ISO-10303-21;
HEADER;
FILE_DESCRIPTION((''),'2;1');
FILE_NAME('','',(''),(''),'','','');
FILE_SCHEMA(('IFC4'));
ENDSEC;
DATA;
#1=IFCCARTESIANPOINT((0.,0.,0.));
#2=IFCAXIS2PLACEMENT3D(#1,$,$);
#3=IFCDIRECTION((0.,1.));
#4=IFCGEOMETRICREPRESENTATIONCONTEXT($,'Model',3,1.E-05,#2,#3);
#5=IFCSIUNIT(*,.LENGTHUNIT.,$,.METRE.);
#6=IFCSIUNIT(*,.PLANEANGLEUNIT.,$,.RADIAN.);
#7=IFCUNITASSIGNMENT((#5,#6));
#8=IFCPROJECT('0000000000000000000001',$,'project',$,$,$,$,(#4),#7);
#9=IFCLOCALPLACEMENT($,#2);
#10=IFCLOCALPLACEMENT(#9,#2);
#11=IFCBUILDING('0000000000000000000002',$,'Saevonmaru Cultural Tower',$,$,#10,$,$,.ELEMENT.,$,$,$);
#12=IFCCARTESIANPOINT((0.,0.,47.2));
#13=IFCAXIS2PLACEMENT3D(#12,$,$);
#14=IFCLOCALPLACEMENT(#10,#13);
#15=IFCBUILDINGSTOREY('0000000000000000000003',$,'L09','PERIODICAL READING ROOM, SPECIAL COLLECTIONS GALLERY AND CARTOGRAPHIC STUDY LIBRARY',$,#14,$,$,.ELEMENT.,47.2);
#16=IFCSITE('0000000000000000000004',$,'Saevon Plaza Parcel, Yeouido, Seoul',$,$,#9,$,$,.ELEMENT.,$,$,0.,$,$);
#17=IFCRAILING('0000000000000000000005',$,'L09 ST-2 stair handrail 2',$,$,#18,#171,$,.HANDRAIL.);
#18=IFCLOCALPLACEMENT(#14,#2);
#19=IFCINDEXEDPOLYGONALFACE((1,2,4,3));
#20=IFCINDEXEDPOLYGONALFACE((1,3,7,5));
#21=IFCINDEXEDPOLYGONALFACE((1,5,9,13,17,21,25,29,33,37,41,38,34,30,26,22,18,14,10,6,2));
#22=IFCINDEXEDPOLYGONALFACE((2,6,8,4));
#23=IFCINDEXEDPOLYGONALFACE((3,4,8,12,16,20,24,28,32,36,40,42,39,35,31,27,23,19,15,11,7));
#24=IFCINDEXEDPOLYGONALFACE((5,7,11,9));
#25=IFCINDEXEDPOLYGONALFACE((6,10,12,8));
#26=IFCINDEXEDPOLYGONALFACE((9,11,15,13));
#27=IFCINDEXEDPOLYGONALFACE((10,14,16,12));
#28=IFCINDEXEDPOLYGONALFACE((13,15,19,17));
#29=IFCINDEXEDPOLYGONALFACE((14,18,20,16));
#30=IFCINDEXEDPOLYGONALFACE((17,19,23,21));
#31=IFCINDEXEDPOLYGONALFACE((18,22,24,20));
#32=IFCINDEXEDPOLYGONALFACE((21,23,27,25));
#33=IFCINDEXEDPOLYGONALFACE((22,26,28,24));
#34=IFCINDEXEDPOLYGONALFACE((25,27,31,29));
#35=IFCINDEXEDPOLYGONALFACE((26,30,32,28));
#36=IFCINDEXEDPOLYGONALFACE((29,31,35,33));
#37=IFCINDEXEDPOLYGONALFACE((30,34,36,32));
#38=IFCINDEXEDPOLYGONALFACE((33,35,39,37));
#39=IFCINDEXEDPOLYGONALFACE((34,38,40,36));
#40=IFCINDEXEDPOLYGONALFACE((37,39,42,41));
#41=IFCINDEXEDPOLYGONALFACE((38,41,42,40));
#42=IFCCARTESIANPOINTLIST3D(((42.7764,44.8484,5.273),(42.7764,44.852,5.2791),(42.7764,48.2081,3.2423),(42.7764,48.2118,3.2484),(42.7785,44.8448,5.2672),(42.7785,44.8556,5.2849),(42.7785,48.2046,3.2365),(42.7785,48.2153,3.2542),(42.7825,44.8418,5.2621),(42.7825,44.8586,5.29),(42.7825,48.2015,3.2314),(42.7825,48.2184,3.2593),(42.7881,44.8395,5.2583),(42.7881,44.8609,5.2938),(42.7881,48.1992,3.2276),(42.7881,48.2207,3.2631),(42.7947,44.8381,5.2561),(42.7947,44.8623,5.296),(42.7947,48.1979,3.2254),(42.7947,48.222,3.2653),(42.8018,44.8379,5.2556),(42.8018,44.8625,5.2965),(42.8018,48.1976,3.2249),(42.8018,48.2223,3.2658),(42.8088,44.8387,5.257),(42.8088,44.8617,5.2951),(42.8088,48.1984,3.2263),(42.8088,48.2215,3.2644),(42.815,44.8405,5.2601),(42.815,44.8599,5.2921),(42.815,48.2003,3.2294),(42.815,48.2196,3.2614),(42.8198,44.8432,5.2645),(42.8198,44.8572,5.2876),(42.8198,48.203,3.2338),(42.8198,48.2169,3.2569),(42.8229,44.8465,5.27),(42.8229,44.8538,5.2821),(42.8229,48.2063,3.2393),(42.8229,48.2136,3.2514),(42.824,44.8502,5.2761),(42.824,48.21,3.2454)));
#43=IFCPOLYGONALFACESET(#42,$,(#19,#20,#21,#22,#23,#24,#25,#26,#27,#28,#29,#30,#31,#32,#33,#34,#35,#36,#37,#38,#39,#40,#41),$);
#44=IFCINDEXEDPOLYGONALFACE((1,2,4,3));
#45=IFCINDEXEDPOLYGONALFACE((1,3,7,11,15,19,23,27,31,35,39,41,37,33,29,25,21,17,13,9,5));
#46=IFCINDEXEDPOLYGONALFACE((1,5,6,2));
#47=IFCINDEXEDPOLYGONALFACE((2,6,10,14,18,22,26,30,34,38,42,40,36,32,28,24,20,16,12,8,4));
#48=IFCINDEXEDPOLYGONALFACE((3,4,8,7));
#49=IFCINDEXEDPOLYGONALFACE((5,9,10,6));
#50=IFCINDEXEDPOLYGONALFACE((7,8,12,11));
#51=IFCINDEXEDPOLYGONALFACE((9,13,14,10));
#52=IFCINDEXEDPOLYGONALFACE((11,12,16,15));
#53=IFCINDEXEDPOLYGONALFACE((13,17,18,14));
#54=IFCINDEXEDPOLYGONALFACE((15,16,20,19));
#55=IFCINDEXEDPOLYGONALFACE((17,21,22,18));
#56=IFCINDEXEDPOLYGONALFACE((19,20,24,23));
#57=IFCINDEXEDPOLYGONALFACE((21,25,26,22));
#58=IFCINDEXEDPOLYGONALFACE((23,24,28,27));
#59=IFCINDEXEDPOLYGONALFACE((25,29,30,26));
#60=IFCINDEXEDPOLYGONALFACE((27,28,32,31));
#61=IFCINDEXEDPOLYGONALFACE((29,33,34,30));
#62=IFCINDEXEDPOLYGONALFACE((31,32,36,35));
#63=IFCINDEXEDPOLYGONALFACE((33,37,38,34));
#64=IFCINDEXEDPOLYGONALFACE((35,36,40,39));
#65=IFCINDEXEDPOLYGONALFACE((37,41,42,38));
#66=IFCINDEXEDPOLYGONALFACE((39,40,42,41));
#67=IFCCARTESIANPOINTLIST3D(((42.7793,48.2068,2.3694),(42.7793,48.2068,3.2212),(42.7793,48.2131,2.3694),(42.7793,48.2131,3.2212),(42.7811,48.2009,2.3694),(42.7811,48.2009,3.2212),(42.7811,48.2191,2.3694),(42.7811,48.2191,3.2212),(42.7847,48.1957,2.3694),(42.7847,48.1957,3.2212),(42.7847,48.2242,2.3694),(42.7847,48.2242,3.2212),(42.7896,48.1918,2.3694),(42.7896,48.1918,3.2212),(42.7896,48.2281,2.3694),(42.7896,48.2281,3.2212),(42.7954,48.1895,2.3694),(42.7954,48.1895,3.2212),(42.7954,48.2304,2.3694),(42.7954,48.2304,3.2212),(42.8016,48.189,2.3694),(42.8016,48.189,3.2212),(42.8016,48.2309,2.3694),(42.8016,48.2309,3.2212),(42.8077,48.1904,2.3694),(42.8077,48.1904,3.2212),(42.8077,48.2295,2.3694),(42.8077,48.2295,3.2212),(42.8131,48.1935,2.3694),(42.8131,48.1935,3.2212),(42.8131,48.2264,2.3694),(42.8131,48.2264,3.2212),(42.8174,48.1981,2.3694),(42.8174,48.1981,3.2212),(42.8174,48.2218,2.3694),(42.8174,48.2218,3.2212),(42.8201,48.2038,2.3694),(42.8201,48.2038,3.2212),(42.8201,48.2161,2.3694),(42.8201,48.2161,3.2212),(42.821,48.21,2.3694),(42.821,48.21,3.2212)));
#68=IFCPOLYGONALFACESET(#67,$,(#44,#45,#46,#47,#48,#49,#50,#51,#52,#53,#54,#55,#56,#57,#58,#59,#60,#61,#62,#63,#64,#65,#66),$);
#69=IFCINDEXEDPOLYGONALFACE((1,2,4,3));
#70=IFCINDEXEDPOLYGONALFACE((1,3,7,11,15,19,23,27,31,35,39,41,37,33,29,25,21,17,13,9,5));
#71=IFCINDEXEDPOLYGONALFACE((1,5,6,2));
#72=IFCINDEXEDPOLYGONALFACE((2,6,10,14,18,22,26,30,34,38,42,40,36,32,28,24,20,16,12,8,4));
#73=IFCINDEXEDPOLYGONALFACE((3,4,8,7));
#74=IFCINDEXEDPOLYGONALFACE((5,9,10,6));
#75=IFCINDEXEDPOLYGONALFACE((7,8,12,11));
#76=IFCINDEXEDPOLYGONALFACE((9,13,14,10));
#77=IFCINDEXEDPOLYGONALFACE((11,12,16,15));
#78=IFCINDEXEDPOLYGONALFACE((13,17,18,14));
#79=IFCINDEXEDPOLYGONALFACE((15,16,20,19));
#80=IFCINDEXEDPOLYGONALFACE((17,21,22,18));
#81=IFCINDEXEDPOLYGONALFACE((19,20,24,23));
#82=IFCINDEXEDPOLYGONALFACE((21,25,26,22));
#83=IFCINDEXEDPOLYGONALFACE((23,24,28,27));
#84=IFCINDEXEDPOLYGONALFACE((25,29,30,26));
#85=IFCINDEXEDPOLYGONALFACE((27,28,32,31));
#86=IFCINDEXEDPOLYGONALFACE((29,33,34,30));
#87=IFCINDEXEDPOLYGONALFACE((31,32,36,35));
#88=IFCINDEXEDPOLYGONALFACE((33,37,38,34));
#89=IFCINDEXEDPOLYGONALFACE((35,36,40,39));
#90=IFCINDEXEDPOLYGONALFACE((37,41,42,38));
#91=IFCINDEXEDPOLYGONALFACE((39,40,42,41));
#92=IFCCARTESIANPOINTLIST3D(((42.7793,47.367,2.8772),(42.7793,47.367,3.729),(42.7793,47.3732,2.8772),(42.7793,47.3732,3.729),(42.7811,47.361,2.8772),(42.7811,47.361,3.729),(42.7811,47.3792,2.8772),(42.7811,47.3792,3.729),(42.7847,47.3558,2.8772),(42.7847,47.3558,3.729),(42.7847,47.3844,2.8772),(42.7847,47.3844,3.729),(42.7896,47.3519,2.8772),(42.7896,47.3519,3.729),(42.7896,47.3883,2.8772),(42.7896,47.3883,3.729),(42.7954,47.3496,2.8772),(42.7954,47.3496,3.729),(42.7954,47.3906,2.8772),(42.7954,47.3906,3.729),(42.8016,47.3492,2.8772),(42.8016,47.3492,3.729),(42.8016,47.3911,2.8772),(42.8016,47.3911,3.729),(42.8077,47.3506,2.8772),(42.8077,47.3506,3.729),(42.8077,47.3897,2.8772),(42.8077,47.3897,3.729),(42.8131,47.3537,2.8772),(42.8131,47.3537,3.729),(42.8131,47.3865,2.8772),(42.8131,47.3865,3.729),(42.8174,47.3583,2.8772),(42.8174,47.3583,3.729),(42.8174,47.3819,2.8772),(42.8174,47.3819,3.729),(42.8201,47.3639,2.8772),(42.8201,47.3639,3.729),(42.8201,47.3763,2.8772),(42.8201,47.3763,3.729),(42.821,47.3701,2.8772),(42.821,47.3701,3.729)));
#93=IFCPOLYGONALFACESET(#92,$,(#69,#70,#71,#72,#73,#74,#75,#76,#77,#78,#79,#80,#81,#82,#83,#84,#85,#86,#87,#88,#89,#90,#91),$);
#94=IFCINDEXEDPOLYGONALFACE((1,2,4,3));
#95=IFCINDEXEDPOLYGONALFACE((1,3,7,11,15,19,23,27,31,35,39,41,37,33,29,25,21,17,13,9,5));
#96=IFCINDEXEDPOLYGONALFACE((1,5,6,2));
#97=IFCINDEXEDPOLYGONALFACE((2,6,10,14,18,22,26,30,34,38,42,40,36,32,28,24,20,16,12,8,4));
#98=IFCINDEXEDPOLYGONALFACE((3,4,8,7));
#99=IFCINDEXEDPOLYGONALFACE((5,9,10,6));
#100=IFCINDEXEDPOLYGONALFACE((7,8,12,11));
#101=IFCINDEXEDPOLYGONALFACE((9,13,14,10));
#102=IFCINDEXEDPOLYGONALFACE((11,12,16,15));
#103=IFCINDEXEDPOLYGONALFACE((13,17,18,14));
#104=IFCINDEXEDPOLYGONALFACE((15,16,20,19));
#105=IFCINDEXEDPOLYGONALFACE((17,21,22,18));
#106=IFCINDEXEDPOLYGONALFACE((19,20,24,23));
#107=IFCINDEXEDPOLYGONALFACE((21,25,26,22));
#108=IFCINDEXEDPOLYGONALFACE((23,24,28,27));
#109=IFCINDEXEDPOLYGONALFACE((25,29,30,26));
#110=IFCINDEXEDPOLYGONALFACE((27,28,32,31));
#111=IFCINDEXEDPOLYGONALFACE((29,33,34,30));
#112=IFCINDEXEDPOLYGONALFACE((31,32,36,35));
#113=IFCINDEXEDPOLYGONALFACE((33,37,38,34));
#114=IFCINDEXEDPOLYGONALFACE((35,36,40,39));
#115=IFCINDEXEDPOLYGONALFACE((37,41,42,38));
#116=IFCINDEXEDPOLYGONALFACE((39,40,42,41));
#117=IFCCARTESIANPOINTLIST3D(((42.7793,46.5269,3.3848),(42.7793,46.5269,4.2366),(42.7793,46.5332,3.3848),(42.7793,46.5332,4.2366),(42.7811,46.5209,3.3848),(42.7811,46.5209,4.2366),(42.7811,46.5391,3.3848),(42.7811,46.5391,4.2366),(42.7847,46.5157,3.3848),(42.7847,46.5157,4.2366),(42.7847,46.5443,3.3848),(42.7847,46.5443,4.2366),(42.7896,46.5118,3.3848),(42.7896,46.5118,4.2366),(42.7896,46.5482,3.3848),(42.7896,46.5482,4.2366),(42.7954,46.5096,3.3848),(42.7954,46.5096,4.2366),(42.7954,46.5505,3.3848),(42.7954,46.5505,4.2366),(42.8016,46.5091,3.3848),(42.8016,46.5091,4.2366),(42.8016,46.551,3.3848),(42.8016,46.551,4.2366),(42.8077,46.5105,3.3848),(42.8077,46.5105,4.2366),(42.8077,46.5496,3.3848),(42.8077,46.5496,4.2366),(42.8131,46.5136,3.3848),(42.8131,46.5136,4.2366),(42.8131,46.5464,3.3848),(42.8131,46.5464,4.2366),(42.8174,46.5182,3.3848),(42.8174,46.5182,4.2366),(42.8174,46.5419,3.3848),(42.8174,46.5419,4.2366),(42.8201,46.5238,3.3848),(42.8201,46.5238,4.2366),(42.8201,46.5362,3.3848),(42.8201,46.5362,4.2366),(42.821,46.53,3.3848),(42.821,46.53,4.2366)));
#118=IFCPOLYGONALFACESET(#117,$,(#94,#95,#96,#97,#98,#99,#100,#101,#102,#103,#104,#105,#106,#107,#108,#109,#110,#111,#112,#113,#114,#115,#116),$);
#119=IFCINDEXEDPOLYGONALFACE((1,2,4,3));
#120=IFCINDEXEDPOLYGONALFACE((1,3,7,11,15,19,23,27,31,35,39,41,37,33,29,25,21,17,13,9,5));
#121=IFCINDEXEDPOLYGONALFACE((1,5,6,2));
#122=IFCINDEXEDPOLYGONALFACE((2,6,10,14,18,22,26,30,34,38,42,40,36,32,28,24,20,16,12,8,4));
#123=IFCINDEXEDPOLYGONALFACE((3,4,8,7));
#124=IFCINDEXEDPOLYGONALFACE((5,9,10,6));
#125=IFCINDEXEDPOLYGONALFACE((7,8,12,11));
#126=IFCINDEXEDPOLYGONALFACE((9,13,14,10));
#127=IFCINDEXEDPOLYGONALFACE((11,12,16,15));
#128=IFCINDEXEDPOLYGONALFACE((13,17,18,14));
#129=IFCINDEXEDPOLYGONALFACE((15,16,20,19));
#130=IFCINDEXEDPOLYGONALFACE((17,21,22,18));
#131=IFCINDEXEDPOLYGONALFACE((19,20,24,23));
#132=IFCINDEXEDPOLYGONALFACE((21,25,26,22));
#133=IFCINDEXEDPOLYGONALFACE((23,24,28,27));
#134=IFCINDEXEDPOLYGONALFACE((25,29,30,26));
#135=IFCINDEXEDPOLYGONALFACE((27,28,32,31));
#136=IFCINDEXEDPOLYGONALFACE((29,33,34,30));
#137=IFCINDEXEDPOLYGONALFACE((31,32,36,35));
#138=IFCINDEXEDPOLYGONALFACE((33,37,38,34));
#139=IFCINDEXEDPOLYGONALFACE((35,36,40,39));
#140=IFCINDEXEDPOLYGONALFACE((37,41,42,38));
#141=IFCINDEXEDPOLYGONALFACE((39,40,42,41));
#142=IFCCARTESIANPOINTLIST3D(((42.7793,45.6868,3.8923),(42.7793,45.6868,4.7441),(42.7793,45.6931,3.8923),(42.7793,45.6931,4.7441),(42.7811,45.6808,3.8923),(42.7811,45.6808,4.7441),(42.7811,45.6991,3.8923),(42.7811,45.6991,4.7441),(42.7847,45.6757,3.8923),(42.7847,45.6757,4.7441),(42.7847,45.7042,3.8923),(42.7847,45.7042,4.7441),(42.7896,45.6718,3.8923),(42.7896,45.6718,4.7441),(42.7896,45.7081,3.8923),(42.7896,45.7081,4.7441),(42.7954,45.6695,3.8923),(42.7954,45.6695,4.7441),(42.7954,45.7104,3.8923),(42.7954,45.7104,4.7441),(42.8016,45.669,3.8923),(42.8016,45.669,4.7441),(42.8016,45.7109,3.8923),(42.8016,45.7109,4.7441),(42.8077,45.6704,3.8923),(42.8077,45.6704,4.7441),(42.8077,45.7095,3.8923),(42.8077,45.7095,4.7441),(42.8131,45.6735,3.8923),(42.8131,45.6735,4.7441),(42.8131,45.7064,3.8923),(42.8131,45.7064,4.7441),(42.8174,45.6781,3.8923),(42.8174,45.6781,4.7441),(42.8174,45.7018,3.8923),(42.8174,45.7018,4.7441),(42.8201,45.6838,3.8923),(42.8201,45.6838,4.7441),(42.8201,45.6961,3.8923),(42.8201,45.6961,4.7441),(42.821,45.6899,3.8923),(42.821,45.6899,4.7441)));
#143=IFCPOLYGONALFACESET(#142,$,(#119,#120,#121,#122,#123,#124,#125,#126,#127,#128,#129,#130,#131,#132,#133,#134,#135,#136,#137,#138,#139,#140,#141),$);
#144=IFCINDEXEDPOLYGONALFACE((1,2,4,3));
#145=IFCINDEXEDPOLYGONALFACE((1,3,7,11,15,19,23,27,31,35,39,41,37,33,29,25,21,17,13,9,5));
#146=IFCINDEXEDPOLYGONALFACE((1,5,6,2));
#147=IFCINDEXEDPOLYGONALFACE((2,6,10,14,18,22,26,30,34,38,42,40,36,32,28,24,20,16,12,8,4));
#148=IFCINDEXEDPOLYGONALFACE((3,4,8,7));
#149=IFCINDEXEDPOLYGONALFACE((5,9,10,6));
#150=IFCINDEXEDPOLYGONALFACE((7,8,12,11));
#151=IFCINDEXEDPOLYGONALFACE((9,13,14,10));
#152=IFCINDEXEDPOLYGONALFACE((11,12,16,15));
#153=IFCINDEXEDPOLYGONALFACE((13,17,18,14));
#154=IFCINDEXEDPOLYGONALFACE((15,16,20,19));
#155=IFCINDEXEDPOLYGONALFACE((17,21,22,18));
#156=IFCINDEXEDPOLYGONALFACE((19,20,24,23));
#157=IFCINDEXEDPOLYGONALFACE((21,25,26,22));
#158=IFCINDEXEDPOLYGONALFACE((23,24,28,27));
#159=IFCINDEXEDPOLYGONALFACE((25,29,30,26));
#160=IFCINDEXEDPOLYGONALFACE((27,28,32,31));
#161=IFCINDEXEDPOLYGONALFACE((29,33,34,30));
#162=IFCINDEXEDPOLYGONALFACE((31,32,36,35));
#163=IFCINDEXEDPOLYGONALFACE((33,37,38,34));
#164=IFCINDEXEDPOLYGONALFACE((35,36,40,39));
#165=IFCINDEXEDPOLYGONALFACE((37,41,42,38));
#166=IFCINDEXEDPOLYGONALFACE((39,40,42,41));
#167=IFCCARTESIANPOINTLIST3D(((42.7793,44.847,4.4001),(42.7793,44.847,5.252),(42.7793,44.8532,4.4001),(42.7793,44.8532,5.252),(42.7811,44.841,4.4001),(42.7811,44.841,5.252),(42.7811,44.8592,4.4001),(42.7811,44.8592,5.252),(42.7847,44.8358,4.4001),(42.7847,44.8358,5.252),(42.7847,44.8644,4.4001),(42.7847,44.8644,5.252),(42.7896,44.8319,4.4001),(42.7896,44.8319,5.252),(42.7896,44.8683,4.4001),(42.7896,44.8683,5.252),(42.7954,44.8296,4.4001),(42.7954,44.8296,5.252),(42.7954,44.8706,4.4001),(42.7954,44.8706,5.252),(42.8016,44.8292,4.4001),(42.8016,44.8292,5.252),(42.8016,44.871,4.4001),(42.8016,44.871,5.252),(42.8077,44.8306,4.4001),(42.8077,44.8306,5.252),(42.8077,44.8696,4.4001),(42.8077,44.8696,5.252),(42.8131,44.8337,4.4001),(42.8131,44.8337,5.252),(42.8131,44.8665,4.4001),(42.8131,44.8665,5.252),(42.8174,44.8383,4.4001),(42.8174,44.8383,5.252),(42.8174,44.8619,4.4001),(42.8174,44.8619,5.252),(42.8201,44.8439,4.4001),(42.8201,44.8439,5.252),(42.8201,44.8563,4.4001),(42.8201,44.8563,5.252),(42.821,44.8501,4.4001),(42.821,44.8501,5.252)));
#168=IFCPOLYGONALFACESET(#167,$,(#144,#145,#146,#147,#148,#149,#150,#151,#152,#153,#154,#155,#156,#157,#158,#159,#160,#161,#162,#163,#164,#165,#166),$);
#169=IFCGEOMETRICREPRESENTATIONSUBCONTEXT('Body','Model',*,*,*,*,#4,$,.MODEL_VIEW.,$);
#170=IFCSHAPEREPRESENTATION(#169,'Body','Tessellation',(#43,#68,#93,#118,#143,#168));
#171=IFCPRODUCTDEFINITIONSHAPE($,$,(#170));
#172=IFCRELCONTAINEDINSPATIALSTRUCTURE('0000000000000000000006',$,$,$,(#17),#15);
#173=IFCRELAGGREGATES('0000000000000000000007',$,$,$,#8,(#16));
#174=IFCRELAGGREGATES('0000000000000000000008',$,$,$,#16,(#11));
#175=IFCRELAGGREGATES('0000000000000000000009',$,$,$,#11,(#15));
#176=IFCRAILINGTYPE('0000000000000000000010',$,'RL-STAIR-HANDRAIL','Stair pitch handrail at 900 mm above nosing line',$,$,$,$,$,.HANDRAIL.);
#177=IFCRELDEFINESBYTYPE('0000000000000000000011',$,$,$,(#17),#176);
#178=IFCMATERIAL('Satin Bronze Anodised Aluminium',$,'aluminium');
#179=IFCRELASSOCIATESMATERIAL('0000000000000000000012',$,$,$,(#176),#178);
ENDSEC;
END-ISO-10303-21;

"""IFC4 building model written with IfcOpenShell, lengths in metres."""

from ifc_helpers import new_model, si_unit, direction, frame, origin, origin_2d, place, context, subcontext, project, spatial, circle, extrude, material, type_object, element, save


model = new_model("IFC4")

# Units and contexts
model_context = context("Model", 3, precision=1e-05, world=origin(), true_north=direction((0.0, 1.0)))
body_context = subcontext(model_context, "Body", "Model", "MODEL_VIEW")
ifc_project = project(units=[si_unit("LENGTHUNIT", "METRE"), si_unit("PLANEANGLEUNIT", "RADIAN")], contexts=[model_context])

# Site, building, storey
site_placement = place(None, origin())
site = spatial("IfcSite", under=ifc_project, at=site_placement, Name="Saevon Plaza Parcel, Yeouido, Seoul", CompositionType="ELEMENT", RefElevation=0.0)
building_placement = place(site_placement, origin())
building = spatial("IfcBuilding", under=site, at=building_placement, Name="Saevonmaru Cultural Tower", CompositionType="ELEMENT")
storey_placement = place(building_placement, frame((0.0, 0.0, 47.2)))
storey = spatial("IfcBuildingStorey", under=building, at=storey_placement, Name="L09", Description="PERIODICAL READING ROOM, SPECIAL COLLECTIONS GALLERY AND CARTOGRAPHIC STUDY LIBRARY", CompositionType="ELEMENT", Elevation=47.2)

# Shared definitions
ifc_material_1 = material(Name="Satin Bronze Anodised Aluminium", Category="aluminium")

# Railing
railing_type_1 = type_object("IfcRailingType", Name="RL-STAIR-HANDRAIL", Description="Stair pitch handrail at 900 mm above nosing line", PredefinedType="HANDRAIL", material=ifc_material_1)
railing_1_placement = place(storey_placement, frame((42.8, 48.21, 2.3694)))
element("IfcRailing", 1, at=railing_1_placement, inside=storey, type_object=railing_type_1, Name="L09 ST-2 stair handrail 2", PredefinedType="HANDRAIL", context=body_context, shape_type="SweptSolid", body=[
    extrude(circle(Radius=0.0239, at=origin_2d()), frame((0.0, 0.0, 0.876), z_axis=(0.0, -0.85582, 0.517273), x_axis=(1.0, 0.0, 0.0)), (0.0, 0.0, 1.0), 3.9258),
    extrude(circle(Radius=0.021, at=origin_2d()), origin(), (0.0, 0.0, 1.0), 0.8518),
    extrude(circle(Radius=0.021, at=origin_2d()), frame((0.0, -0.8398, 0.5078)), (0.0, 0.0, 1.0), 0.8518),
    extrude(circle(Radius=0.021, at=origin_2d()), frame((0.0, -1.6799, 1.0154)), (0.0, 0.0, 1.0), 0.8518),
    extrude(circle(Radius=0.021, at=origin_2d()), frame((0.0, -2.52, 1.5229)), (0.0, 0.0, 1.0), 0.8518),
    extrude(circle(Radius=0.021, at=origin_2d()), frame((0.0, -3.3599, 2.0308)), (0.0, 0.0, 1.0), 0.8518),
])

save(model, "model.ifc")
